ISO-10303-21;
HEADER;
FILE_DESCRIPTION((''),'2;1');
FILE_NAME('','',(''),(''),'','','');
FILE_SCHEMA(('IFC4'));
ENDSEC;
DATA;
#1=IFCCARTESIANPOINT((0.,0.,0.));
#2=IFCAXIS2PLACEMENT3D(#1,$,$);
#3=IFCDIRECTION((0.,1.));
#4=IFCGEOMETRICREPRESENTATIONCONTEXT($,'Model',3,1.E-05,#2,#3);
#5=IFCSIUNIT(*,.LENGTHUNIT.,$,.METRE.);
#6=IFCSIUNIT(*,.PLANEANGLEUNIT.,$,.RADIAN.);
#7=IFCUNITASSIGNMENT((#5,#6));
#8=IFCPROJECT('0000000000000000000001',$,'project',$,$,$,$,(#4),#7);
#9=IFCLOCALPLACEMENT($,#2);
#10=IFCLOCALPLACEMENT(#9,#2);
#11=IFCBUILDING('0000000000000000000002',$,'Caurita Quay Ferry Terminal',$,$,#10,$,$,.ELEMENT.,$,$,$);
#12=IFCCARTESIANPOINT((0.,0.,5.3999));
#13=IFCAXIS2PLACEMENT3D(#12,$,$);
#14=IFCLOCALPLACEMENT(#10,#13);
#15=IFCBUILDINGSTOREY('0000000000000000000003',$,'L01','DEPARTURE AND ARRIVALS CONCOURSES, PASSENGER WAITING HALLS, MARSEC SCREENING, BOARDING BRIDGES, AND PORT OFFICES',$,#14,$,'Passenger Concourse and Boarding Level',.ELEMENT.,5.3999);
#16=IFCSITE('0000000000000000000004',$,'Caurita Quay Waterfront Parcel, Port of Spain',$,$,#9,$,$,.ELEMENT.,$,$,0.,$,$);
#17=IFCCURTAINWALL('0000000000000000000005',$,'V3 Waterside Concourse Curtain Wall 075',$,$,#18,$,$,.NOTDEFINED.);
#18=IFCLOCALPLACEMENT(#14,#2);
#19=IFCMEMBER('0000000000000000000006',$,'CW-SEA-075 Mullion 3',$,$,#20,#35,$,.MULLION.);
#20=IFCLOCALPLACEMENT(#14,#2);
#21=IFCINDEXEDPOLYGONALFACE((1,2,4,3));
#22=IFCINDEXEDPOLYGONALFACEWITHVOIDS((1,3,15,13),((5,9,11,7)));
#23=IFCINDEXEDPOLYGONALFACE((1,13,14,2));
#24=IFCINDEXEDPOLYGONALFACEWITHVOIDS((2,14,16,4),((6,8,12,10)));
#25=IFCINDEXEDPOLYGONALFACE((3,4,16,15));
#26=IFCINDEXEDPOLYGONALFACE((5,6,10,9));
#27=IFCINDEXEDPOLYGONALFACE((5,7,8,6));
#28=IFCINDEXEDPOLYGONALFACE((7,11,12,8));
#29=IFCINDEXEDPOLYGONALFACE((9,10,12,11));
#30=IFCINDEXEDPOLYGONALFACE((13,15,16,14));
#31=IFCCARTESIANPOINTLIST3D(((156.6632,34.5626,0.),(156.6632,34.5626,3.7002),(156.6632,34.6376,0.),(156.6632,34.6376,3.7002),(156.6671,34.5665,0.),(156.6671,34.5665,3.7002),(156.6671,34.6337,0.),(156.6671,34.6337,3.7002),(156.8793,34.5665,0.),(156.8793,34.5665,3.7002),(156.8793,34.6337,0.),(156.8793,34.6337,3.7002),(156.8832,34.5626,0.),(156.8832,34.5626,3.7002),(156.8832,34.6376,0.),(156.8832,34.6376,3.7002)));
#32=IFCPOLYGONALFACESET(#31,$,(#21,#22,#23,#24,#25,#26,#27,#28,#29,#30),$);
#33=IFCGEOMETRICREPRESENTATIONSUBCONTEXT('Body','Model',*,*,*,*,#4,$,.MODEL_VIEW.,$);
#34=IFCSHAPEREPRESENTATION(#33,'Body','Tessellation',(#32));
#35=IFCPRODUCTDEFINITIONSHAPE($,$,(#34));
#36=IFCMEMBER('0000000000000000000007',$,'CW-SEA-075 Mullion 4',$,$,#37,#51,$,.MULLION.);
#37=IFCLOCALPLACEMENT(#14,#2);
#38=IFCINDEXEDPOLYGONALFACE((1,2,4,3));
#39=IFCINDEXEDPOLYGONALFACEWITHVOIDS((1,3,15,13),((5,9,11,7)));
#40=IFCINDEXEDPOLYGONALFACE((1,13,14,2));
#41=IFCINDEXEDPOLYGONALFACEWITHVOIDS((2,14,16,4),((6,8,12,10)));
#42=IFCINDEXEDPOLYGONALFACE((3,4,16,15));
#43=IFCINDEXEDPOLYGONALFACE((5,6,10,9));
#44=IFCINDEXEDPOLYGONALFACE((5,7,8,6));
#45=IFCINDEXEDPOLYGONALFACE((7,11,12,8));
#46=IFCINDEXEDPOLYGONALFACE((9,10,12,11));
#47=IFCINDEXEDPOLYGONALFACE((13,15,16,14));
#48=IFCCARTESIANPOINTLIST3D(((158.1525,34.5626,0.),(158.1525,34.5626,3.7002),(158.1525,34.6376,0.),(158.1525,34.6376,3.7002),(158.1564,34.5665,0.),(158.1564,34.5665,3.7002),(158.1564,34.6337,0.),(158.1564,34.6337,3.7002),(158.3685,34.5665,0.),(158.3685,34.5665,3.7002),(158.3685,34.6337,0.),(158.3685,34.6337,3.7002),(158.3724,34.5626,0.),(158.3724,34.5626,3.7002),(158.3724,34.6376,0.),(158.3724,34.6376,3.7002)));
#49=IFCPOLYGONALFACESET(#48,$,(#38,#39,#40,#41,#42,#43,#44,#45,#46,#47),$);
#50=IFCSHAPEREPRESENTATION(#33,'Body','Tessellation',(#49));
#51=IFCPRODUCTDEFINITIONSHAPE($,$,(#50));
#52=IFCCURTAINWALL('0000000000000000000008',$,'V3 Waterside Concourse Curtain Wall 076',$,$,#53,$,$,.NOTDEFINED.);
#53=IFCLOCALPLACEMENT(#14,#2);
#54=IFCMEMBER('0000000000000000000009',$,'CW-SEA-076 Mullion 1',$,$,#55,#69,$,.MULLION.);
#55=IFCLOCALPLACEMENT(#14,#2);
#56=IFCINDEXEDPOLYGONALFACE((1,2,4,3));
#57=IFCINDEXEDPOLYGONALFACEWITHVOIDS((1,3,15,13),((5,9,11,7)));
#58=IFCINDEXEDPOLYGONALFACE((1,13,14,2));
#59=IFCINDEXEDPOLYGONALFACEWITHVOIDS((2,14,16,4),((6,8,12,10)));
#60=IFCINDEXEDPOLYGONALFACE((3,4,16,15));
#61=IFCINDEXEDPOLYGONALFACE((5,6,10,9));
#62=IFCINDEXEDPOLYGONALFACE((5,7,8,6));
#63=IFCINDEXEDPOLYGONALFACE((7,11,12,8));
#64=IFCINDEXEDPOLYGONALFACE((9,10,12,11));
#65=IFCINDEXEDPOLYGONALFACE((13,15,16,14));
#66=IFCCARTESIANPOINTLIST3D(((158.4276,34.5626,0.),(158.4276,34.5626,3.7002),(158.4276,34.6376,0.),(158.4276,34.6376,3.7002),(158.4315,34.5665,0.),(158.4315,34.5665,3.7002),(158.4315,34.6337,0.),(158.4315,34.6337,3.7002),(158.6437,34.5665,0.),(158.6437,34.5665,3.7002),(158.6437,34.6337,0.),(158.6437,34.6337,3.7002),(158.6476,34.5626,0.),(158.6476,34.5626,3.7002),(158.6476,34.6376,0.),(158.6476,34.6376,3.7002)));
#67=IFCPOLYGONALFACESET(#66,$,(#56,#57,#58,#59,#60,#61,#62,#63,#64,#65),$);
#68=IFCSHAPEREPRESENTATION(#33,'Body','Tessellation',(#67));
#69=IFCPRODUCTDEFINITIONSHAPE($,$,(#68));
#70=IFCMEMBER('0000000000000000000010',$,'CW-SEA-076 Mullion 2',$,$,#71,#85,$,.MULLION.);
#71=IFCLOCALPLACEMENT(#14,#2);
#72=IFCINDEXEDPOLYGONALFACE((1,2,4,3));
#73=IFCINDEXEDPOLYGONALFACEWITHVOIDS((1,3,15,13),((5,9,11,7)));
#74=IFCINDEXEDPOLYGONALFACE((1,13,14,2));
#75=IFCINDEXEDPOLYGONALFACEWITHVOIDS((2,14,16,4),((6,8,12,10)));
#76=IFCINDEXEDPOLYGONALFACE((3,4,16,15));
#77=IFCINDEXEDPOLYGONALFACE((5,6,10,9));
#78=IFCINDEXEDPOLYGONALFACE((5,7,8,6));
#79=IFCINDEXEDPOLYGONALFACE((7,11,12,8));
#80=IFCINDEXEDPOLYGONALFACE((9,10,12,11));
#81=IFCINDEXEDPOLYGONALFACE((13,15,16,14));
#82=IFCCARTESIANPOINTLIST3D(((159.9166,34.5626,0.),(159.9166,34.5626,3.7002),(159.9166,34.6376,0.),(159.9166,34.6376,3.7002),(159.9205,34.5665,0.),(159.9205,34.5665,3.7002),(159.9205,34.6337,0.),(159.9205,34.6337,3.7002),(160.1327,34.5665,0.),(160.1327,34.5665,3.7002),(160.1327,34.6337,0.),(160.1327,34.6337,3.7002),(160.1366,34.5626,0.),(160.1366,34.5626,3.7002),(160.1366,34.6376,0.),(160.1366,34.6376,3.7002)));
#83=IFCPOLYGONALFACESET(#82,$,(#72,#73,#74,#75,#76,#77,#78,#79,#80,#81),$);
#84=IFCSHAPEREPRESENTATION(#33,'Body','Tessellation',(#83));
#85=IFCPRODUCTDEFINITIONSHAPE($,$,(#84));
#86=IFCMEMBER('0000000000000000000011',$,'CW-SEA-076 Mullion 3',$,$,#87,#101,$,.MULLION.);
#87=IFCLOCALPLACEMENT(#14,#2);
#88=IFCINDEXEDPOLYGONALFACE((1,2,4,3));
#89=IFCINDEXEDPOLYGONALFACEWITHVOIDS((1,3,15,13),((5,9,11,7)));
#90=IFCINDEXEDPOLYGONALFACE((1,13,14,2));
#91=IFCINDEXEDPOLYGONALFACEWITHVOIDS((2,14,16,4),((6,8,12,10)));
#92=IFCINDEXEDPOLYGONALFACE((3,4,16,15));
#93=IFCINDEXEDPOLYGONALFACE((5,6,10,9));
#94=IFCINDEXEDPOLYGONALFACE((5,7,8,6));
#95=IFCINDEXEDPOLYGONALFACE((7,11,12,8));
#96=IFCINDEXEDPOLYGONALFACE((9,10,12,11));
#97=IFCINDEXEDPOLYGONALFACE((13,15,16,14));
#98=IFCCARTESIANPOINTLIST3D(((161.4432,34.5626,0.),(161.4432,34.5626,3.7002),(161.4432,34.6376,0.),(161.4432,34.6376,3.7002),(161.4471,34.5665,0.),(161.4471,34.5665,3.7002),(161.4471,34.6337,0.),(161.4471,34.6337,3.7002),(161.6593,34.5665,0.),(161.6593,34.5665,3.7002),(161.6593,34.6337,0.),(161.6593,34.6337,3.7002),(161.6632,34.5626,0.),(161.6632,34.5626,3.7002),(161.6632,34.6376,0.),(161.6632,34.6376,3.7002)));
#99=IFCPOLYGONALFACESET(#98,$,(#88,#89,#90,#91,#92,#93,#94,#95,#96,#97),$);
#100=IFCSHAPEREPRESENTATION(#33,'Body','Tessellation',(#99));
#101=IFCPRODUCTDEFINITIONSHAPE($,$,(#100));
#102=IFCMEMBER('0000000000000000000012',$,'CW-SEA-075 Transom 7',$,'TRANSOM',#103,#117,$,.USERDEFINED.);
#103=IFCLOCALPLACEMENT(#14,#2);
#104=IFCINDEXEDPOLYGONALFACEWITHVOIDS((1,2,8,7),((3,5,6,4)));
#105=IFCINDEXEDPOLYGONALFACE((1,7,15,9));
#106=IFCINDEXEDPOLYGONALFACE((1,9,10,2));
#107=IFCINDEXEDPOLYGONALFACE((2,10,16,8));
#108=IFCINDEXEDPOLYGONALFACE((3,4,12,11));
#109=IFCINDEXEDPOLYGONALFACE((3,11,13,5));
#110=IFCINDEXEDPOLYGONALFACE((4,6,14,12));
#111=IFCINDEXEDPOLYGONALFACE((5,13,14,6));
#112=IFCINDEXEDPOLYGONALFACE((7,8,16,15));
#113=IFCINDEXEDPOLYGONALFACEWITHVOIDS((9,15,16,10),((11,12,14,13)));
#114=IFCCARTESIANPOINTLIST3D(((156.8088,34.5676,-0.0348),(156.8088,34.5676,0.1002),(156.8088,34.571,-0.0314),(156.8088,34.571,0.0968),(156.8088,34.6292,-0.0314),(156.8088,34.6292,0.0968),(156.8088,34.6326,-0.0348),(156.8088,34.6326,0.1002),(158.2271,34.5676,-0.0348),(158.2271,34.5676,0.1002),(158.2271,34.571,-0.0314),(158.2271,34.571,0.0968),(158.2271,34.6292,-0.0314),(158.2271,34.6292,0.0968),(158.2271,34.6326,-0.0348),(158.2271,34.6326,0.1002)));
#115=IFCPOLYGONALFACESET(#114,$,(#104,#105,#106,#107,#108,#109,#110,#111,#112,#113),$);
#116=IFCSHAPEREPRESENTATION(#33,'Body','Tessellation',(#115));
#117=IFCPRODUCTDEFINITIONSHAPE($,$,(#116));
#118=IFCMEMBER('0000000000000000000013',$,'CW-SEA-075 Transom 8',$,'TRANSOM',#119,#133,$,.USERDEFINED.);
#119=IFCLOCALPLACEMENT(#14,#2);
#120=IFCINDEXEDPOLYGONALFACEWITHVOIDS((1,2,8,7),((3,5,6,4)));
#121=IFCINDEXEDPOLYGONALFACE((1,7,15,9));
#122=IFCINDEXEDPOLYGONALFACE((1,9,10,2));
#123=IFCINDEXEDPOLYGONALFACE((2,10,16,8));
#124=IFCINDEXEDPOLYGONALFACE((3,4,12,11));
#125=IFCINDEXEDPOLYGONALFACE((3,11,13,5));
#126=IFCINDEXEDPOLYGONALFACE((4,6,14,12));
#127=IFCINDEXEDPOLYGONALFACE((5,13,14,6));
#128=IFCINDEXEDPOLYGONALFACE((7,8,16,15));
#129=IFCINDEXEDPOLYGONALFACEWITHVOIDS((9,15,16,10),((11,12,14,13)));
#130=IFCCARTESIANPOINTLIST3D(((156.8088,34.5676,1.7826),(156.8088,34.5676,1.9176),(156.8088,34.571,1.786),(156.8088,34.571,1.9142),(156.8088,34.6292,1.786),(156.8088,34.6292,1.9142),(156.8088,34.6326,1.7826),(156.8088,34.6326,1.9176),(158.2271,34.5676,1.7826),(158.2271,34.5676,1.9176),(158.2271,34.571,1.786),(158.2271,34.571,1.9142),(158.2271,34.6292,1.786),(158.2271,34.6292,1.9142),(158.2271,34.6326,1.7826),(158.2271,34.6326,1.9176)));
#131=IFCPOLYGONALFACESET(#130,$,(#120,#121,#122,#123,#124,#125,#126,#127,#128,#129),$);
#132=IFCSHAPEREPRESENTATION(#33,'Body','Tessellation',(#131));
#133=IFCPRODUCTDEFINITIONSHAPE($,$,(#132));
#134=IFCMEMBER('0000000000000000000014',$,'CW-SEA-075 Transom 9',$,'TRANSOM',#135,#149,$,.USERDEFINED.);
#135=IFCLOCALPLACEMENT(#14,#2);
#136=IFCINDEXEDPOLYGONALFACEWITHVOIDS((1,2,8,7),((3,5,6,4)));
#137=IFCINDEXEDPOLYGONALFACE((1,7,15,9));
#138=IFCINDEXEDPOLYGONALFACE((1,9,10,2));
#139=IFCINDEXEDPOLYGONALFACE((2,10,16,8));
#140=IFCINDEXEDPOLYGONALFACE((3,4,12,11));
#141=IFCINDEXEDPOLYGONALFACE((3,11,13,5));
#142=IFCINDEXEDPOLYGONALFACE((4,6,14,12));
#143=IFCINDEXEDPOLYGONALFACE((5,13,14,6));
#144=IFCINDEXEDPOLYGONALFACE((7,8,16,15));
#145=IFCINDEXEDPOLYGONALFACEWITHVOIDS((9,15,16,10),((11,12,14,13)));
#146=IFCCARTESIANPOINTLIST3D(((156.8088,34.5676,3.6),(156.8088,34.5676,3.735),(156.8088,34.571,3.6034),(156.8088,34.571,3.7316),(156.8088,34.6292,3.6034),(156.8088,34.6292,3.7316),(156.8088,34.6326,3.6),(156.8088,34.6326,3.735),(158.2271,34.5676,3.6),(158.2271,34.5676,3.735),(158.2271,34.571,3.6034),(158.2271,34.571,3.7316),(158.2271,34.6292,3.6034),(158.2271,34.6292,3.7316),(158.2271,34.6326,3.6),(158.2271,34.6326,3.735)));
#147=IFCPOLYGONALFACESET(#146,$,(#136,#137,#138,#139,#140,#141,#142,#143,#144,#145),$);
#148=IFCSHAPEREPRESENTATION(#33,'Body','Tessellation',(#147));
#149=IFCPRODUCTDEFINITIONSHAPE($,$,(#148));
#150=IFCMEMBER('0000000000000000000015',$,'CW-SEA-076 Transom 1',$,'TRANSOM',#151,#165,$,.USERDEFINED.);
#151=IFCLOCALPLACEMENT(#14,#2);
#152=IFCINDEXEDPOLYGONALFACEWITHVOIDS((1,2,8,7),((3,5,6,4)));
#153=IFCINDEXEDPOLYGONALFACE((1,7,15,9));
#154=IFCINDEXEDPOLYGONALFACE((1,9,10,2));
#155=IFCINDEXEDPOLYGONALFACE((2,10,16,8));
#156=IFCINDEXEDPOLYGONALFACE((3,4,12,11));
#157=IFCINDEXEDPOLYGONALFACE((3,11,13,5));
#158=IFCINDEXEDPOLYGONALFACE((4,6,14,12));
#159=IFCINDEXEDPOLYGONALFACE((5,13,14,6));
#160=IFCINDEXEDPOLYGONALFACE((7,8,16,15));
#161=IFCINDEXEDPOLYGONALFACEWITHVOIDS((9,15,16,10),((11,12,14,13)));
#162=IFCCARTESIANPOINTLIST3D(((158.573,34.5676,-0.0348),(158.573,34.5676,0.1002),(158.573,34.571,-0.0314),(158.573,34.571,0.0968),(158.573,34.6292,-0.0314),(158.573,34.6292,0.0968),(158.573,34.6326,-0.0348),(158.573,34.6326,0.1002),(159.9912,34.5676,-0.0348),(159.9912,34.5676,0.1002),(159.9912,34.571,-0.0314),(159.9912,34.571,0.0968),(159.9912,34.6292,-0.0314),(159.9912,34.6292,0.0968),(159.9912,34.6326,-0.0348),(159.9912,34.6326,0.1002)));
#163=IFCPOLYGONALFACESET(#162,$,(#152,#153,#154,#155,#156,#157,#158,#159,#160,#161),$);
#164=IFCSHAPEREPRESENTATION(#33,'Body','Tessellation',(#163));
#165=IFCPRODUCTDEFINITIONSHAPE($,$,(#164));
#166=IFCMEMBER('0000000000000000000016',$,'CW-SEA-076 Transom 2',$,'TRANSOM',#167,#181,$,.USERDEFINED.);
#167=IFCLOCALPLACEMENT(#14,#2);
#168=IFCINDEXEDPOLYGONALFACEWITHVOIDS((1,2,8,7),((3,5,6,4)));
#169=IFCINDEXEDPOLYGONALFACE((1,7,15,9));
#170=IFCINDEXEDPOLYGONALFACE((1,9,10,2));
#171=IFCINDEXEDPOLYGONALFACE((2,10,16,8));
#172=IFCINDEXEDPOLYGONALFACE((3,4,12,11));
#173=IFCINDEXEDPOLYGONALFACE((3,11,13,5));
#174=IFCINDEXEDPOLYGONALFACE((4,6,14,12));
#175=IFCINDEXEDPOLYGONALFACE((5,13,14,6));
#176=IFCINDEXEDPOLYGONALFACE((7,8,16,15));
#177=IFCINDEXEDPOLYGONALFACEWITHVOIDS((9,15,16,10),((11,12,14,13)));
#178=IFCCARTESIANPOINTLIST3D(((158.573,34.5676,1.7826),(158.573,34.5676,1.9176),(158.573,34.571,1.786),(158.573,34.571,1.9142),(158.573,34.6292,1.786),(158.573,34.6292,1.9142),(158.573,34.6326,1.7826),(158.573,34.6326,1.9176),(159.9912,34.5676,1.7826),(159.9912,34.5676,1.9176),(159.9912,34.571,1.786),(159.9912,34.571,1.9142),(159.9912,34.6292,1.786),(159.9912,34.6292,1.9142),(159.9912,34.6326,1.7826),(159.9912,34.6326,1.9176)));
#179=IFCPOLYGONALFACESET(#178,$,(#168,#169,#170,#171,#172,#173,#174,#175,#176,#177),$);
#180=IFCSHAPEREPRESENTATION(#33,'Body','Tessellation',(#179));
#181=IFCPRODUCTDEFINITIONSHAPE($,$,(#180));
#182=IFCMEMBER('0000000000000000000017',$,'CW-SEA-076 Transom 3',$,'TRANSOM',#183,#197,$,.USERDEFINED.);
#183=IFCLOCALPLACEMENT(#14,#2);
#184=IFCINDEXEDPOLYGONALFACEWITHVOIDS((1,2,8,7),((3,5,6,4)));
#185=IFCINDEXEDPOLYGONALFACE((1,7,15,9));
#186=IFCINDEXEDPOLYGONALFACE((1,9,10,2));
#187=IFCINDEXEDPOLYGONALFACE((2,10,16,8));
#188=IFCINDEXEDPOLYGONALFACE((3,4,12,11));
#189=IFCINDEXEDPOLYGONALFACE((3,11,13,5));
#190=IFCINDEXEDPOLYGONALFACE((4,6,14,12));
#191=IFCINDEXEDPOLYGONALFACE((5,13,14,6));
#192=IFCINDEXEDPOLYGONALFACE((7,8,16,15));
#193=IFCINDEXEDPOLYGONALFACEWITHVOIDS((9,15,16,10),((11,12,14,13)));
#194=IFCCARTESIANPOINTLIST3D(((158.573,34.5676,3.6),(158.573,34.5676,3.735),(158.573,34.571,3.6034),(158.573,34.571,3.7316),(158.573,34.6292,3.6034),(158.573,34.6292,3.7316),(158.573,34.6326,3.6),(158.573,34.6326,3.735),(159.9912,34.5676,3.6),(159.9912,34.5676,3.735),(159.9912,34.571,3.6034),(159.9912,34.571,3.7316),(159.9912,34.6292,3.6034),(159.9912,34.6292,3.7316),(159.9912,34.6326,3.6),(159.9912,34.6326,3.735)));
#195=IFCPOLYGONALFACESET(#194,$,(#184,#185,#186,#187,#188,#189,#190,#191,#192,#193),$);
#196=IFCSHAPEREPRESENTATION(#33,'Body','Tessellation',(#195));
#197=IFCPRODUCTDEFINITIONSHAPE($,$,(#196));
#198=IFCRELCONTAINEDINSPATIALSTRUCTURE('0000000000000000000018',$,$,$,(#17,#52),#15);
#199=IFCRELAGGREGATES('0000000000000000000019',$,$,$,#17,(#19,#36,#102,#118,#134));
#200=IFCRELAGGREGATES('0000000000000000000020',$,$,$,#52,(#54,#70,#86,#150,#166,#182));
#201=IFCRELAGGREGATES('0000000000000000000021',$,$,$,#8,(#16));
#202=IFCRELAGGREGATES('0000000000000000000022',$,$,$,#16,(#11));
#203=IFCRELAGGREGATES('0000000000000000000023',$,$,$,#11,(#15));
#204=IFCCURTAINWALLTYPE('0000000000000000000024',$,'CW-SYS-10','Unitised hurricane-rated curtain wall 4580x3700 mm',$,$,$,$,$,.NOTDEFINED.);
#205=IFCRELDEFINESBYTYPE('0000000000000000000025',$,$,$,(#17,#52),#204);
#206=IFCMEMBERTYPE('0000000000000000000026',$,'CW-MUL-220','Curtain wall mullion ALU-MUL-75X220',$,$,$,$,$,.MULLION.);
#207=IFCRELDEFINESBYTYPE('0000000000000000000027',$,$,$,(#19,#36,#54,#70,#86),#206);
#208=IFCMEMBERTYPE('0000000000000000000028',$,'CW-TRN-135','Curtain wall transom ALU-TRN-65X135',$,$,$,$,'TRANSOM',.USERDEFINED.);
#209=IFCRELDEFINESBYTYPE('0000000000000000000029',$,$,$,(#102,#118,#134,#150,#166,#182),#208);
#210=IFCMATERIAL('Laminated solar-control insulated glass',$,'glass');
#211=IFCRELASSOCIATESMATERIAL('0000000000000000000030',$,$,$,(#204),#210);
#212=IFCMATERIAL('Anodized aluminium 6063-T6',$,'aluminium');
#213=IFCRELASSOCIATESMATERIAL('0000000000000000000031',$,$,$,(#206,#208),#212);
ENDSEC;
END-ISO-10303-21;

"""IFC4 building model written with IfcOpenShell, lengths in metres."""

from ifc_helpers import new_model, si_unit, direction, frame, origin, origin_2d, place, context, subcontext, project, spatial, hollow_rectangle, extrude, material, material_profile, profile_set, type_object, element, aggregate, save


model = new_model("IFC4")

# Units and contexts
model_context = context("Model", 3, precision=1e-05, world=origin(), true_north=direction((0.0, 1.0)))
body_context = subcontext(model_context, "Body", "Model", "MODEL_VIEW")
ifc_project = project(units=[si_unit("LENGTHUNIT", "METRE"), si_unit("PLANEANGLEUNIT", "RADIAN")], contexts=[model_context])

# Site, building, storey
site_placement = place(None, origin())
site = spatial("IfcSite", under=ifc_project, at=site_placement, Name="Caurita Quay Waterfront Parcel, Port of Spain", CompositionType="ELEMENT", RefElevation=0.0)
building_placement = place(site_placement, origin())
building = spatial("IfcBuilding", under=site, at=building_placement, Name="Caurita Quay Ferry Terminal", CompositionType="ELEMENT")
storey_placement = place(building_placement, frame((0.0, 0.0, 5.3999)))
storey = spatial("IfcBuildingStorey", under=building, at=storey_placement, Name="L01", Description="DEPARTURE AND ARRIVALS CONCOURSES, PASSENGER WAITING HALLS, MARSEC SCREENING, BOARDING BRIDGES, AND PORT OFFICES", LongName="Passenger Concourse and Boarding Level", CompositionType="ELEMENT", Elevation=5.3999)

# Curtain walls, members
ifc_material_1 = material(Name="Laminated solar-control insulated glass", Category="glass")
curtain_wall_type = type_object("IfcCurtainWallType", Name="CW-SYS-10", Description="Unitised hurricane-rated curtain wall 4580x3700 mm", PredefinedType="NOTDEFINED", material=ifc_material_1)
curtain_wall_1_placement = place(storey_placement, origin())
curtain_wall_1 = element("IfcCurtainWall", 1, at=curtain_wall_1_placement, inside=storey, type_object=curtain_wall_type, Name="V3 Waterside Concourse Curtain Wall 075", PredefinedType="NOTDEFINED")
ifc_material_2 = material(Name="Anodized aluminium 6063-T6", Category="aluminium")
ifc_material_profile_1 = material_profile(ifc_material_2, hollow_rectangle(XDim=0.075, YDim=0.22, WallThickness=0.0039, at=origin_2d()), Name="ALU-MUL-75X220")
ifc_profile_set_1 = profile_set([ifc_material_profile_1], Name="Anodized aluminium 6063-T6")
member_type_1 = type_object("IfcMemberType", Name="CW-MUL-220", Description="Curtain wall mullion ALU-MUL-75X220", PredefinedType="MULLION", material=ifc_profile_set_1)
member_1_placement = place(storey_placement, frame((156.7732, 34.6001, 0.0), z_axis=(0.0, 0.0, 1.0), x_axis=(0.0, 1.0, 0.0)))
member_1 = element("IfcMember", 2, at=member_1_placement, type_object=member_type_1, Name="CW-SEA-075 Mullion 3", PredefinedType="MULLION", context=body_context, shape_type="SweptSolid", body=[
    extrude(hollow_rectangle(XDim=0.075, YDim=0.22, WallThickness=0.0039, at=origin_2d()), origin(), (0.0, 0.0, 1.0), 3.7002),
])
member_2_placement = place(storey_placement, frame((158.2625, 34.6001, 0.0), z_axis=(0.0, 0.0, 1.0), x_axis=(0.0, 1.0, 0.0)))
member_2 = element("IfcMember", 3, at=member_2_placement, type_object=member_type_1, Name="CW-SEA-075 Mullion 4", PredefinedType="MULLION", context=body_context, shape_type="SweptSolid", body=[
    extrude(hollow_rectangle(XDim=0.075, YDim=0.22, WallThickness=0.0039, at=origin_2d()), origin(), (0.0, 0.0, 1.0), 3.7002),
])
curtain_wall_2_placement = place(storey_placement, origin())
curtain_wall_2 = element("IfcCurtainWall", 4, at=curtain_wall_2_placement, inside=storey, type_object=curtain_wall_type, Name="V3 Waterside Concourse Curtain Wall 076", PredefinedType="NOTDEFINED")
member_3_placement = place(storey_placement, frame((158.5376, 34.6001, 0.0), z_axis=(0.0, 0.0, 1.0), x_axis=(0.0, 1.0, 0.0)))
member_3 = element("IfcMember", 5, at=member_3_placement, type_object=member_type_1, Name="CW-SEA-076 Mullion 1", PredefinedType="MULLION", context=body_context, shape_type="SweptSolid", body=[
    extrude(hollow_rectangle(XDim=0.075, YDim=0.22, WallThickness=0.0039, at=origin_2d()), origin(), (0.0, 0.0, 1.0), 3.7002),
])
member_4_placement = place(storey_placement, frame((160.0266, 34.6001, 0.0), z_axis=(0.0, 0.0, 1.0), x_axis=(0.0, 1.0, 0.0)))
member_4 = element("IfcMember", 6, at=member_4_placement, type_object=member_type_1, Name="CW-SEA-076 Mullion 2", PredefinedType="MULLION", context=body_context, shape_type="SweptSolid", body=[
    extrude(hollow_rectangle(XDim=0.075, YDim=0.22, WallThickness=0.0039, at=origin_2d()), origin(), (0.0, 0.0, 1.0), 3.7002),
])
member_5_placement = place(storey_placement, frame((161.5532, 34.6001, 0.0), z_axis=(0.0, 0.0, 1.0), x_axis=(0.0, 1.0, 0.0)))
member_5 = element("IfcMember", 7, at=member_5_placement, type_object=member_type_1, Name="CW-SEA-076 Mullion 3", PredefinedType="MULLION", context=body_context, shape_type="SweptSolid", body=[
    extrude(hollow_rectangle(XDim=0.075, YDim=0.22, WallThickness=0.0039, at=origin_2d()), origin(), (0.0, 0.0, 1.0), 3.7002),
])

# Members
ifc_material_profile_2 = material_profile(ifc_material_2, hollow_rectangle(XDim=0.0649, YDim=0.135, WallThickness=0.0034, at=origin_2d()), Name="ALU-TRN-65X135")
ifc_profile_set_2 = profile_set([ifc_material_profile_2], Name="Anodized aluminium 6063-T6")
member_type_2 = type_object("IfcMemberType", Name="CW-TRN-135", Description="Curtain wall transom ALU-TRN-65X135", ElementType="TRANSOM", PredefinedType="USERDEFINED", material=ifc_profile_set_2)
member_6_placement = place(storey_placement, frame((156.8088, 34.6001, 0.0327), z_axis=(1.0, 0.0, 0.0), x_axis=(0.0, 1.0, 0.0)))
member_6 = element("IfcMember", 8, at=member_6_placement, type_object=member_type_2, Name="CW-SEA-075 Transom 7", ObjectType="TRANSOM", PredefinedType="USERDEFINED", context=body_context, shape_type="SweptSolid", body=[
    extrude(hollow_rectangle(XDim=0.0649, YDim=0.135, WallThickness=0.0034, at=origin_2d()), origin(), (0.0, 0.0, 1.0), 1.4182),
])
member_7_placement = place(storey_placement, frame((156.8088, 34.6001, 1.8501), z_axis=(1.0, 0.0, 0.0), x_axis=(0.0, 1.0, 0.0)))
member_7 = element("IfcMember", 9, at=member_7_placement, type_object=member_type_2, Name="CW-SEA-075 Transom 8", ObjectType="TRANSOM", PredefinedType="USERDEFINED", context=body_context, shape_type="SweptSolid", body=[
    extrude(hollow_rectangle(XDim=0.0649, YDim=0.135, WallThickness=0.0034, at=origin_2d()), origin(), (0.0, 0.0, 1.0), 1.4182),
])
member_8_placement = place(storey_placement, frame((156.8088, 34.6001, 3.6675), z_axis=(1.0, 0.0, 0.0), x_axis=(0.0, 1.0, 0.0)))
member_8 = element("IfcMember", 10, at=member_8_placement, type_object=member_type_2, Name="CW-SEA-075 Transom 9", ObjectType="TRANSOM", PredefinedType="USERDEFINED", context=body_context, shape_type="SweptSolid", body=[
    extrude(hollow_rectangle(XDim=0.0649, YDim=0.135, WallThickness=0.0034, at=origin_2d()), origin(), (0.0, 0.0, 1.0), 1.4182),
])
member_9_placement = place(storey_placement, frame((158.573, 34.6001, 0.0327), z_axis=(1.0, 0.0, 0.0), x_axis=(0.0, 1.0, 0.0)))
member_9 = element("IfcMember", 11, at=member_9_placement, type_object=member_type_2, Name="CW-SEA-076 Transom 1", ObjectType="TRANSOM", PredefinedType="USERDEFINED", context=body_context, shape_type="SweptSolid", body=[
    extrude(hollow_rectangle(XDim=0.0649, YDim=0.135, WallThickness=0.0034, at=origin_2d()), origin(), (0.0, 0.0, 1.0), 1.4182),
])
member_10_placement = place(storey_placement, frame((158.573, 34.6001, 1.8501), z_axis=(1.0, 0.0, 0.0), x_axis=(0.0, 1.0, 0.0)))
member_10 = element("IfcMember", 12, at=member_10_placement, type_object=member_type_2, Name="CW-SEA-076 Transom 2", ObjectType="TRANSOM", PredefinedType="USERDEFINED", context=body_context, shape_type="SweptSolid", body=[
    extrude(hollow_rectangle(XDim=0.0649, YDim=0.135, WallThickness=0.0034, at=origin_2d()), origin(), (0.0, 0.0, 1.0), 1.4182),
])
member_11_placement = place(storey_placement, frame((158.573, 34.6001, 3.6675), z_axis=(1.0, 0.0, 0.0), x_axis=(0.0, 1.0, 0.0)))
member_11 = element("IfcMember", 13, at=member_11_placement, type_object=member_type_2, Name="CW-SEA-076 Transom 3", ObjectType="TRANSOM", PredefinedType="USERDEFINED", context=body_context, shape_type="SweptSolid", body=[
    extrude(hollow_rectangle(XDim=0.0649, YDim=0.135, WallThickness=0.0034, at=origin_2d()), origin(), (0.0, 0.0, 1.0), 1.4182),
])

aggregate(curtain_wall_1, [member_1, member_2, member_6, member_7, member_8])
aggregate(curtain_wall_2, [member_3, member_4, member_5, member_9, member_10, member_11])

save(model, "model.ifc")
